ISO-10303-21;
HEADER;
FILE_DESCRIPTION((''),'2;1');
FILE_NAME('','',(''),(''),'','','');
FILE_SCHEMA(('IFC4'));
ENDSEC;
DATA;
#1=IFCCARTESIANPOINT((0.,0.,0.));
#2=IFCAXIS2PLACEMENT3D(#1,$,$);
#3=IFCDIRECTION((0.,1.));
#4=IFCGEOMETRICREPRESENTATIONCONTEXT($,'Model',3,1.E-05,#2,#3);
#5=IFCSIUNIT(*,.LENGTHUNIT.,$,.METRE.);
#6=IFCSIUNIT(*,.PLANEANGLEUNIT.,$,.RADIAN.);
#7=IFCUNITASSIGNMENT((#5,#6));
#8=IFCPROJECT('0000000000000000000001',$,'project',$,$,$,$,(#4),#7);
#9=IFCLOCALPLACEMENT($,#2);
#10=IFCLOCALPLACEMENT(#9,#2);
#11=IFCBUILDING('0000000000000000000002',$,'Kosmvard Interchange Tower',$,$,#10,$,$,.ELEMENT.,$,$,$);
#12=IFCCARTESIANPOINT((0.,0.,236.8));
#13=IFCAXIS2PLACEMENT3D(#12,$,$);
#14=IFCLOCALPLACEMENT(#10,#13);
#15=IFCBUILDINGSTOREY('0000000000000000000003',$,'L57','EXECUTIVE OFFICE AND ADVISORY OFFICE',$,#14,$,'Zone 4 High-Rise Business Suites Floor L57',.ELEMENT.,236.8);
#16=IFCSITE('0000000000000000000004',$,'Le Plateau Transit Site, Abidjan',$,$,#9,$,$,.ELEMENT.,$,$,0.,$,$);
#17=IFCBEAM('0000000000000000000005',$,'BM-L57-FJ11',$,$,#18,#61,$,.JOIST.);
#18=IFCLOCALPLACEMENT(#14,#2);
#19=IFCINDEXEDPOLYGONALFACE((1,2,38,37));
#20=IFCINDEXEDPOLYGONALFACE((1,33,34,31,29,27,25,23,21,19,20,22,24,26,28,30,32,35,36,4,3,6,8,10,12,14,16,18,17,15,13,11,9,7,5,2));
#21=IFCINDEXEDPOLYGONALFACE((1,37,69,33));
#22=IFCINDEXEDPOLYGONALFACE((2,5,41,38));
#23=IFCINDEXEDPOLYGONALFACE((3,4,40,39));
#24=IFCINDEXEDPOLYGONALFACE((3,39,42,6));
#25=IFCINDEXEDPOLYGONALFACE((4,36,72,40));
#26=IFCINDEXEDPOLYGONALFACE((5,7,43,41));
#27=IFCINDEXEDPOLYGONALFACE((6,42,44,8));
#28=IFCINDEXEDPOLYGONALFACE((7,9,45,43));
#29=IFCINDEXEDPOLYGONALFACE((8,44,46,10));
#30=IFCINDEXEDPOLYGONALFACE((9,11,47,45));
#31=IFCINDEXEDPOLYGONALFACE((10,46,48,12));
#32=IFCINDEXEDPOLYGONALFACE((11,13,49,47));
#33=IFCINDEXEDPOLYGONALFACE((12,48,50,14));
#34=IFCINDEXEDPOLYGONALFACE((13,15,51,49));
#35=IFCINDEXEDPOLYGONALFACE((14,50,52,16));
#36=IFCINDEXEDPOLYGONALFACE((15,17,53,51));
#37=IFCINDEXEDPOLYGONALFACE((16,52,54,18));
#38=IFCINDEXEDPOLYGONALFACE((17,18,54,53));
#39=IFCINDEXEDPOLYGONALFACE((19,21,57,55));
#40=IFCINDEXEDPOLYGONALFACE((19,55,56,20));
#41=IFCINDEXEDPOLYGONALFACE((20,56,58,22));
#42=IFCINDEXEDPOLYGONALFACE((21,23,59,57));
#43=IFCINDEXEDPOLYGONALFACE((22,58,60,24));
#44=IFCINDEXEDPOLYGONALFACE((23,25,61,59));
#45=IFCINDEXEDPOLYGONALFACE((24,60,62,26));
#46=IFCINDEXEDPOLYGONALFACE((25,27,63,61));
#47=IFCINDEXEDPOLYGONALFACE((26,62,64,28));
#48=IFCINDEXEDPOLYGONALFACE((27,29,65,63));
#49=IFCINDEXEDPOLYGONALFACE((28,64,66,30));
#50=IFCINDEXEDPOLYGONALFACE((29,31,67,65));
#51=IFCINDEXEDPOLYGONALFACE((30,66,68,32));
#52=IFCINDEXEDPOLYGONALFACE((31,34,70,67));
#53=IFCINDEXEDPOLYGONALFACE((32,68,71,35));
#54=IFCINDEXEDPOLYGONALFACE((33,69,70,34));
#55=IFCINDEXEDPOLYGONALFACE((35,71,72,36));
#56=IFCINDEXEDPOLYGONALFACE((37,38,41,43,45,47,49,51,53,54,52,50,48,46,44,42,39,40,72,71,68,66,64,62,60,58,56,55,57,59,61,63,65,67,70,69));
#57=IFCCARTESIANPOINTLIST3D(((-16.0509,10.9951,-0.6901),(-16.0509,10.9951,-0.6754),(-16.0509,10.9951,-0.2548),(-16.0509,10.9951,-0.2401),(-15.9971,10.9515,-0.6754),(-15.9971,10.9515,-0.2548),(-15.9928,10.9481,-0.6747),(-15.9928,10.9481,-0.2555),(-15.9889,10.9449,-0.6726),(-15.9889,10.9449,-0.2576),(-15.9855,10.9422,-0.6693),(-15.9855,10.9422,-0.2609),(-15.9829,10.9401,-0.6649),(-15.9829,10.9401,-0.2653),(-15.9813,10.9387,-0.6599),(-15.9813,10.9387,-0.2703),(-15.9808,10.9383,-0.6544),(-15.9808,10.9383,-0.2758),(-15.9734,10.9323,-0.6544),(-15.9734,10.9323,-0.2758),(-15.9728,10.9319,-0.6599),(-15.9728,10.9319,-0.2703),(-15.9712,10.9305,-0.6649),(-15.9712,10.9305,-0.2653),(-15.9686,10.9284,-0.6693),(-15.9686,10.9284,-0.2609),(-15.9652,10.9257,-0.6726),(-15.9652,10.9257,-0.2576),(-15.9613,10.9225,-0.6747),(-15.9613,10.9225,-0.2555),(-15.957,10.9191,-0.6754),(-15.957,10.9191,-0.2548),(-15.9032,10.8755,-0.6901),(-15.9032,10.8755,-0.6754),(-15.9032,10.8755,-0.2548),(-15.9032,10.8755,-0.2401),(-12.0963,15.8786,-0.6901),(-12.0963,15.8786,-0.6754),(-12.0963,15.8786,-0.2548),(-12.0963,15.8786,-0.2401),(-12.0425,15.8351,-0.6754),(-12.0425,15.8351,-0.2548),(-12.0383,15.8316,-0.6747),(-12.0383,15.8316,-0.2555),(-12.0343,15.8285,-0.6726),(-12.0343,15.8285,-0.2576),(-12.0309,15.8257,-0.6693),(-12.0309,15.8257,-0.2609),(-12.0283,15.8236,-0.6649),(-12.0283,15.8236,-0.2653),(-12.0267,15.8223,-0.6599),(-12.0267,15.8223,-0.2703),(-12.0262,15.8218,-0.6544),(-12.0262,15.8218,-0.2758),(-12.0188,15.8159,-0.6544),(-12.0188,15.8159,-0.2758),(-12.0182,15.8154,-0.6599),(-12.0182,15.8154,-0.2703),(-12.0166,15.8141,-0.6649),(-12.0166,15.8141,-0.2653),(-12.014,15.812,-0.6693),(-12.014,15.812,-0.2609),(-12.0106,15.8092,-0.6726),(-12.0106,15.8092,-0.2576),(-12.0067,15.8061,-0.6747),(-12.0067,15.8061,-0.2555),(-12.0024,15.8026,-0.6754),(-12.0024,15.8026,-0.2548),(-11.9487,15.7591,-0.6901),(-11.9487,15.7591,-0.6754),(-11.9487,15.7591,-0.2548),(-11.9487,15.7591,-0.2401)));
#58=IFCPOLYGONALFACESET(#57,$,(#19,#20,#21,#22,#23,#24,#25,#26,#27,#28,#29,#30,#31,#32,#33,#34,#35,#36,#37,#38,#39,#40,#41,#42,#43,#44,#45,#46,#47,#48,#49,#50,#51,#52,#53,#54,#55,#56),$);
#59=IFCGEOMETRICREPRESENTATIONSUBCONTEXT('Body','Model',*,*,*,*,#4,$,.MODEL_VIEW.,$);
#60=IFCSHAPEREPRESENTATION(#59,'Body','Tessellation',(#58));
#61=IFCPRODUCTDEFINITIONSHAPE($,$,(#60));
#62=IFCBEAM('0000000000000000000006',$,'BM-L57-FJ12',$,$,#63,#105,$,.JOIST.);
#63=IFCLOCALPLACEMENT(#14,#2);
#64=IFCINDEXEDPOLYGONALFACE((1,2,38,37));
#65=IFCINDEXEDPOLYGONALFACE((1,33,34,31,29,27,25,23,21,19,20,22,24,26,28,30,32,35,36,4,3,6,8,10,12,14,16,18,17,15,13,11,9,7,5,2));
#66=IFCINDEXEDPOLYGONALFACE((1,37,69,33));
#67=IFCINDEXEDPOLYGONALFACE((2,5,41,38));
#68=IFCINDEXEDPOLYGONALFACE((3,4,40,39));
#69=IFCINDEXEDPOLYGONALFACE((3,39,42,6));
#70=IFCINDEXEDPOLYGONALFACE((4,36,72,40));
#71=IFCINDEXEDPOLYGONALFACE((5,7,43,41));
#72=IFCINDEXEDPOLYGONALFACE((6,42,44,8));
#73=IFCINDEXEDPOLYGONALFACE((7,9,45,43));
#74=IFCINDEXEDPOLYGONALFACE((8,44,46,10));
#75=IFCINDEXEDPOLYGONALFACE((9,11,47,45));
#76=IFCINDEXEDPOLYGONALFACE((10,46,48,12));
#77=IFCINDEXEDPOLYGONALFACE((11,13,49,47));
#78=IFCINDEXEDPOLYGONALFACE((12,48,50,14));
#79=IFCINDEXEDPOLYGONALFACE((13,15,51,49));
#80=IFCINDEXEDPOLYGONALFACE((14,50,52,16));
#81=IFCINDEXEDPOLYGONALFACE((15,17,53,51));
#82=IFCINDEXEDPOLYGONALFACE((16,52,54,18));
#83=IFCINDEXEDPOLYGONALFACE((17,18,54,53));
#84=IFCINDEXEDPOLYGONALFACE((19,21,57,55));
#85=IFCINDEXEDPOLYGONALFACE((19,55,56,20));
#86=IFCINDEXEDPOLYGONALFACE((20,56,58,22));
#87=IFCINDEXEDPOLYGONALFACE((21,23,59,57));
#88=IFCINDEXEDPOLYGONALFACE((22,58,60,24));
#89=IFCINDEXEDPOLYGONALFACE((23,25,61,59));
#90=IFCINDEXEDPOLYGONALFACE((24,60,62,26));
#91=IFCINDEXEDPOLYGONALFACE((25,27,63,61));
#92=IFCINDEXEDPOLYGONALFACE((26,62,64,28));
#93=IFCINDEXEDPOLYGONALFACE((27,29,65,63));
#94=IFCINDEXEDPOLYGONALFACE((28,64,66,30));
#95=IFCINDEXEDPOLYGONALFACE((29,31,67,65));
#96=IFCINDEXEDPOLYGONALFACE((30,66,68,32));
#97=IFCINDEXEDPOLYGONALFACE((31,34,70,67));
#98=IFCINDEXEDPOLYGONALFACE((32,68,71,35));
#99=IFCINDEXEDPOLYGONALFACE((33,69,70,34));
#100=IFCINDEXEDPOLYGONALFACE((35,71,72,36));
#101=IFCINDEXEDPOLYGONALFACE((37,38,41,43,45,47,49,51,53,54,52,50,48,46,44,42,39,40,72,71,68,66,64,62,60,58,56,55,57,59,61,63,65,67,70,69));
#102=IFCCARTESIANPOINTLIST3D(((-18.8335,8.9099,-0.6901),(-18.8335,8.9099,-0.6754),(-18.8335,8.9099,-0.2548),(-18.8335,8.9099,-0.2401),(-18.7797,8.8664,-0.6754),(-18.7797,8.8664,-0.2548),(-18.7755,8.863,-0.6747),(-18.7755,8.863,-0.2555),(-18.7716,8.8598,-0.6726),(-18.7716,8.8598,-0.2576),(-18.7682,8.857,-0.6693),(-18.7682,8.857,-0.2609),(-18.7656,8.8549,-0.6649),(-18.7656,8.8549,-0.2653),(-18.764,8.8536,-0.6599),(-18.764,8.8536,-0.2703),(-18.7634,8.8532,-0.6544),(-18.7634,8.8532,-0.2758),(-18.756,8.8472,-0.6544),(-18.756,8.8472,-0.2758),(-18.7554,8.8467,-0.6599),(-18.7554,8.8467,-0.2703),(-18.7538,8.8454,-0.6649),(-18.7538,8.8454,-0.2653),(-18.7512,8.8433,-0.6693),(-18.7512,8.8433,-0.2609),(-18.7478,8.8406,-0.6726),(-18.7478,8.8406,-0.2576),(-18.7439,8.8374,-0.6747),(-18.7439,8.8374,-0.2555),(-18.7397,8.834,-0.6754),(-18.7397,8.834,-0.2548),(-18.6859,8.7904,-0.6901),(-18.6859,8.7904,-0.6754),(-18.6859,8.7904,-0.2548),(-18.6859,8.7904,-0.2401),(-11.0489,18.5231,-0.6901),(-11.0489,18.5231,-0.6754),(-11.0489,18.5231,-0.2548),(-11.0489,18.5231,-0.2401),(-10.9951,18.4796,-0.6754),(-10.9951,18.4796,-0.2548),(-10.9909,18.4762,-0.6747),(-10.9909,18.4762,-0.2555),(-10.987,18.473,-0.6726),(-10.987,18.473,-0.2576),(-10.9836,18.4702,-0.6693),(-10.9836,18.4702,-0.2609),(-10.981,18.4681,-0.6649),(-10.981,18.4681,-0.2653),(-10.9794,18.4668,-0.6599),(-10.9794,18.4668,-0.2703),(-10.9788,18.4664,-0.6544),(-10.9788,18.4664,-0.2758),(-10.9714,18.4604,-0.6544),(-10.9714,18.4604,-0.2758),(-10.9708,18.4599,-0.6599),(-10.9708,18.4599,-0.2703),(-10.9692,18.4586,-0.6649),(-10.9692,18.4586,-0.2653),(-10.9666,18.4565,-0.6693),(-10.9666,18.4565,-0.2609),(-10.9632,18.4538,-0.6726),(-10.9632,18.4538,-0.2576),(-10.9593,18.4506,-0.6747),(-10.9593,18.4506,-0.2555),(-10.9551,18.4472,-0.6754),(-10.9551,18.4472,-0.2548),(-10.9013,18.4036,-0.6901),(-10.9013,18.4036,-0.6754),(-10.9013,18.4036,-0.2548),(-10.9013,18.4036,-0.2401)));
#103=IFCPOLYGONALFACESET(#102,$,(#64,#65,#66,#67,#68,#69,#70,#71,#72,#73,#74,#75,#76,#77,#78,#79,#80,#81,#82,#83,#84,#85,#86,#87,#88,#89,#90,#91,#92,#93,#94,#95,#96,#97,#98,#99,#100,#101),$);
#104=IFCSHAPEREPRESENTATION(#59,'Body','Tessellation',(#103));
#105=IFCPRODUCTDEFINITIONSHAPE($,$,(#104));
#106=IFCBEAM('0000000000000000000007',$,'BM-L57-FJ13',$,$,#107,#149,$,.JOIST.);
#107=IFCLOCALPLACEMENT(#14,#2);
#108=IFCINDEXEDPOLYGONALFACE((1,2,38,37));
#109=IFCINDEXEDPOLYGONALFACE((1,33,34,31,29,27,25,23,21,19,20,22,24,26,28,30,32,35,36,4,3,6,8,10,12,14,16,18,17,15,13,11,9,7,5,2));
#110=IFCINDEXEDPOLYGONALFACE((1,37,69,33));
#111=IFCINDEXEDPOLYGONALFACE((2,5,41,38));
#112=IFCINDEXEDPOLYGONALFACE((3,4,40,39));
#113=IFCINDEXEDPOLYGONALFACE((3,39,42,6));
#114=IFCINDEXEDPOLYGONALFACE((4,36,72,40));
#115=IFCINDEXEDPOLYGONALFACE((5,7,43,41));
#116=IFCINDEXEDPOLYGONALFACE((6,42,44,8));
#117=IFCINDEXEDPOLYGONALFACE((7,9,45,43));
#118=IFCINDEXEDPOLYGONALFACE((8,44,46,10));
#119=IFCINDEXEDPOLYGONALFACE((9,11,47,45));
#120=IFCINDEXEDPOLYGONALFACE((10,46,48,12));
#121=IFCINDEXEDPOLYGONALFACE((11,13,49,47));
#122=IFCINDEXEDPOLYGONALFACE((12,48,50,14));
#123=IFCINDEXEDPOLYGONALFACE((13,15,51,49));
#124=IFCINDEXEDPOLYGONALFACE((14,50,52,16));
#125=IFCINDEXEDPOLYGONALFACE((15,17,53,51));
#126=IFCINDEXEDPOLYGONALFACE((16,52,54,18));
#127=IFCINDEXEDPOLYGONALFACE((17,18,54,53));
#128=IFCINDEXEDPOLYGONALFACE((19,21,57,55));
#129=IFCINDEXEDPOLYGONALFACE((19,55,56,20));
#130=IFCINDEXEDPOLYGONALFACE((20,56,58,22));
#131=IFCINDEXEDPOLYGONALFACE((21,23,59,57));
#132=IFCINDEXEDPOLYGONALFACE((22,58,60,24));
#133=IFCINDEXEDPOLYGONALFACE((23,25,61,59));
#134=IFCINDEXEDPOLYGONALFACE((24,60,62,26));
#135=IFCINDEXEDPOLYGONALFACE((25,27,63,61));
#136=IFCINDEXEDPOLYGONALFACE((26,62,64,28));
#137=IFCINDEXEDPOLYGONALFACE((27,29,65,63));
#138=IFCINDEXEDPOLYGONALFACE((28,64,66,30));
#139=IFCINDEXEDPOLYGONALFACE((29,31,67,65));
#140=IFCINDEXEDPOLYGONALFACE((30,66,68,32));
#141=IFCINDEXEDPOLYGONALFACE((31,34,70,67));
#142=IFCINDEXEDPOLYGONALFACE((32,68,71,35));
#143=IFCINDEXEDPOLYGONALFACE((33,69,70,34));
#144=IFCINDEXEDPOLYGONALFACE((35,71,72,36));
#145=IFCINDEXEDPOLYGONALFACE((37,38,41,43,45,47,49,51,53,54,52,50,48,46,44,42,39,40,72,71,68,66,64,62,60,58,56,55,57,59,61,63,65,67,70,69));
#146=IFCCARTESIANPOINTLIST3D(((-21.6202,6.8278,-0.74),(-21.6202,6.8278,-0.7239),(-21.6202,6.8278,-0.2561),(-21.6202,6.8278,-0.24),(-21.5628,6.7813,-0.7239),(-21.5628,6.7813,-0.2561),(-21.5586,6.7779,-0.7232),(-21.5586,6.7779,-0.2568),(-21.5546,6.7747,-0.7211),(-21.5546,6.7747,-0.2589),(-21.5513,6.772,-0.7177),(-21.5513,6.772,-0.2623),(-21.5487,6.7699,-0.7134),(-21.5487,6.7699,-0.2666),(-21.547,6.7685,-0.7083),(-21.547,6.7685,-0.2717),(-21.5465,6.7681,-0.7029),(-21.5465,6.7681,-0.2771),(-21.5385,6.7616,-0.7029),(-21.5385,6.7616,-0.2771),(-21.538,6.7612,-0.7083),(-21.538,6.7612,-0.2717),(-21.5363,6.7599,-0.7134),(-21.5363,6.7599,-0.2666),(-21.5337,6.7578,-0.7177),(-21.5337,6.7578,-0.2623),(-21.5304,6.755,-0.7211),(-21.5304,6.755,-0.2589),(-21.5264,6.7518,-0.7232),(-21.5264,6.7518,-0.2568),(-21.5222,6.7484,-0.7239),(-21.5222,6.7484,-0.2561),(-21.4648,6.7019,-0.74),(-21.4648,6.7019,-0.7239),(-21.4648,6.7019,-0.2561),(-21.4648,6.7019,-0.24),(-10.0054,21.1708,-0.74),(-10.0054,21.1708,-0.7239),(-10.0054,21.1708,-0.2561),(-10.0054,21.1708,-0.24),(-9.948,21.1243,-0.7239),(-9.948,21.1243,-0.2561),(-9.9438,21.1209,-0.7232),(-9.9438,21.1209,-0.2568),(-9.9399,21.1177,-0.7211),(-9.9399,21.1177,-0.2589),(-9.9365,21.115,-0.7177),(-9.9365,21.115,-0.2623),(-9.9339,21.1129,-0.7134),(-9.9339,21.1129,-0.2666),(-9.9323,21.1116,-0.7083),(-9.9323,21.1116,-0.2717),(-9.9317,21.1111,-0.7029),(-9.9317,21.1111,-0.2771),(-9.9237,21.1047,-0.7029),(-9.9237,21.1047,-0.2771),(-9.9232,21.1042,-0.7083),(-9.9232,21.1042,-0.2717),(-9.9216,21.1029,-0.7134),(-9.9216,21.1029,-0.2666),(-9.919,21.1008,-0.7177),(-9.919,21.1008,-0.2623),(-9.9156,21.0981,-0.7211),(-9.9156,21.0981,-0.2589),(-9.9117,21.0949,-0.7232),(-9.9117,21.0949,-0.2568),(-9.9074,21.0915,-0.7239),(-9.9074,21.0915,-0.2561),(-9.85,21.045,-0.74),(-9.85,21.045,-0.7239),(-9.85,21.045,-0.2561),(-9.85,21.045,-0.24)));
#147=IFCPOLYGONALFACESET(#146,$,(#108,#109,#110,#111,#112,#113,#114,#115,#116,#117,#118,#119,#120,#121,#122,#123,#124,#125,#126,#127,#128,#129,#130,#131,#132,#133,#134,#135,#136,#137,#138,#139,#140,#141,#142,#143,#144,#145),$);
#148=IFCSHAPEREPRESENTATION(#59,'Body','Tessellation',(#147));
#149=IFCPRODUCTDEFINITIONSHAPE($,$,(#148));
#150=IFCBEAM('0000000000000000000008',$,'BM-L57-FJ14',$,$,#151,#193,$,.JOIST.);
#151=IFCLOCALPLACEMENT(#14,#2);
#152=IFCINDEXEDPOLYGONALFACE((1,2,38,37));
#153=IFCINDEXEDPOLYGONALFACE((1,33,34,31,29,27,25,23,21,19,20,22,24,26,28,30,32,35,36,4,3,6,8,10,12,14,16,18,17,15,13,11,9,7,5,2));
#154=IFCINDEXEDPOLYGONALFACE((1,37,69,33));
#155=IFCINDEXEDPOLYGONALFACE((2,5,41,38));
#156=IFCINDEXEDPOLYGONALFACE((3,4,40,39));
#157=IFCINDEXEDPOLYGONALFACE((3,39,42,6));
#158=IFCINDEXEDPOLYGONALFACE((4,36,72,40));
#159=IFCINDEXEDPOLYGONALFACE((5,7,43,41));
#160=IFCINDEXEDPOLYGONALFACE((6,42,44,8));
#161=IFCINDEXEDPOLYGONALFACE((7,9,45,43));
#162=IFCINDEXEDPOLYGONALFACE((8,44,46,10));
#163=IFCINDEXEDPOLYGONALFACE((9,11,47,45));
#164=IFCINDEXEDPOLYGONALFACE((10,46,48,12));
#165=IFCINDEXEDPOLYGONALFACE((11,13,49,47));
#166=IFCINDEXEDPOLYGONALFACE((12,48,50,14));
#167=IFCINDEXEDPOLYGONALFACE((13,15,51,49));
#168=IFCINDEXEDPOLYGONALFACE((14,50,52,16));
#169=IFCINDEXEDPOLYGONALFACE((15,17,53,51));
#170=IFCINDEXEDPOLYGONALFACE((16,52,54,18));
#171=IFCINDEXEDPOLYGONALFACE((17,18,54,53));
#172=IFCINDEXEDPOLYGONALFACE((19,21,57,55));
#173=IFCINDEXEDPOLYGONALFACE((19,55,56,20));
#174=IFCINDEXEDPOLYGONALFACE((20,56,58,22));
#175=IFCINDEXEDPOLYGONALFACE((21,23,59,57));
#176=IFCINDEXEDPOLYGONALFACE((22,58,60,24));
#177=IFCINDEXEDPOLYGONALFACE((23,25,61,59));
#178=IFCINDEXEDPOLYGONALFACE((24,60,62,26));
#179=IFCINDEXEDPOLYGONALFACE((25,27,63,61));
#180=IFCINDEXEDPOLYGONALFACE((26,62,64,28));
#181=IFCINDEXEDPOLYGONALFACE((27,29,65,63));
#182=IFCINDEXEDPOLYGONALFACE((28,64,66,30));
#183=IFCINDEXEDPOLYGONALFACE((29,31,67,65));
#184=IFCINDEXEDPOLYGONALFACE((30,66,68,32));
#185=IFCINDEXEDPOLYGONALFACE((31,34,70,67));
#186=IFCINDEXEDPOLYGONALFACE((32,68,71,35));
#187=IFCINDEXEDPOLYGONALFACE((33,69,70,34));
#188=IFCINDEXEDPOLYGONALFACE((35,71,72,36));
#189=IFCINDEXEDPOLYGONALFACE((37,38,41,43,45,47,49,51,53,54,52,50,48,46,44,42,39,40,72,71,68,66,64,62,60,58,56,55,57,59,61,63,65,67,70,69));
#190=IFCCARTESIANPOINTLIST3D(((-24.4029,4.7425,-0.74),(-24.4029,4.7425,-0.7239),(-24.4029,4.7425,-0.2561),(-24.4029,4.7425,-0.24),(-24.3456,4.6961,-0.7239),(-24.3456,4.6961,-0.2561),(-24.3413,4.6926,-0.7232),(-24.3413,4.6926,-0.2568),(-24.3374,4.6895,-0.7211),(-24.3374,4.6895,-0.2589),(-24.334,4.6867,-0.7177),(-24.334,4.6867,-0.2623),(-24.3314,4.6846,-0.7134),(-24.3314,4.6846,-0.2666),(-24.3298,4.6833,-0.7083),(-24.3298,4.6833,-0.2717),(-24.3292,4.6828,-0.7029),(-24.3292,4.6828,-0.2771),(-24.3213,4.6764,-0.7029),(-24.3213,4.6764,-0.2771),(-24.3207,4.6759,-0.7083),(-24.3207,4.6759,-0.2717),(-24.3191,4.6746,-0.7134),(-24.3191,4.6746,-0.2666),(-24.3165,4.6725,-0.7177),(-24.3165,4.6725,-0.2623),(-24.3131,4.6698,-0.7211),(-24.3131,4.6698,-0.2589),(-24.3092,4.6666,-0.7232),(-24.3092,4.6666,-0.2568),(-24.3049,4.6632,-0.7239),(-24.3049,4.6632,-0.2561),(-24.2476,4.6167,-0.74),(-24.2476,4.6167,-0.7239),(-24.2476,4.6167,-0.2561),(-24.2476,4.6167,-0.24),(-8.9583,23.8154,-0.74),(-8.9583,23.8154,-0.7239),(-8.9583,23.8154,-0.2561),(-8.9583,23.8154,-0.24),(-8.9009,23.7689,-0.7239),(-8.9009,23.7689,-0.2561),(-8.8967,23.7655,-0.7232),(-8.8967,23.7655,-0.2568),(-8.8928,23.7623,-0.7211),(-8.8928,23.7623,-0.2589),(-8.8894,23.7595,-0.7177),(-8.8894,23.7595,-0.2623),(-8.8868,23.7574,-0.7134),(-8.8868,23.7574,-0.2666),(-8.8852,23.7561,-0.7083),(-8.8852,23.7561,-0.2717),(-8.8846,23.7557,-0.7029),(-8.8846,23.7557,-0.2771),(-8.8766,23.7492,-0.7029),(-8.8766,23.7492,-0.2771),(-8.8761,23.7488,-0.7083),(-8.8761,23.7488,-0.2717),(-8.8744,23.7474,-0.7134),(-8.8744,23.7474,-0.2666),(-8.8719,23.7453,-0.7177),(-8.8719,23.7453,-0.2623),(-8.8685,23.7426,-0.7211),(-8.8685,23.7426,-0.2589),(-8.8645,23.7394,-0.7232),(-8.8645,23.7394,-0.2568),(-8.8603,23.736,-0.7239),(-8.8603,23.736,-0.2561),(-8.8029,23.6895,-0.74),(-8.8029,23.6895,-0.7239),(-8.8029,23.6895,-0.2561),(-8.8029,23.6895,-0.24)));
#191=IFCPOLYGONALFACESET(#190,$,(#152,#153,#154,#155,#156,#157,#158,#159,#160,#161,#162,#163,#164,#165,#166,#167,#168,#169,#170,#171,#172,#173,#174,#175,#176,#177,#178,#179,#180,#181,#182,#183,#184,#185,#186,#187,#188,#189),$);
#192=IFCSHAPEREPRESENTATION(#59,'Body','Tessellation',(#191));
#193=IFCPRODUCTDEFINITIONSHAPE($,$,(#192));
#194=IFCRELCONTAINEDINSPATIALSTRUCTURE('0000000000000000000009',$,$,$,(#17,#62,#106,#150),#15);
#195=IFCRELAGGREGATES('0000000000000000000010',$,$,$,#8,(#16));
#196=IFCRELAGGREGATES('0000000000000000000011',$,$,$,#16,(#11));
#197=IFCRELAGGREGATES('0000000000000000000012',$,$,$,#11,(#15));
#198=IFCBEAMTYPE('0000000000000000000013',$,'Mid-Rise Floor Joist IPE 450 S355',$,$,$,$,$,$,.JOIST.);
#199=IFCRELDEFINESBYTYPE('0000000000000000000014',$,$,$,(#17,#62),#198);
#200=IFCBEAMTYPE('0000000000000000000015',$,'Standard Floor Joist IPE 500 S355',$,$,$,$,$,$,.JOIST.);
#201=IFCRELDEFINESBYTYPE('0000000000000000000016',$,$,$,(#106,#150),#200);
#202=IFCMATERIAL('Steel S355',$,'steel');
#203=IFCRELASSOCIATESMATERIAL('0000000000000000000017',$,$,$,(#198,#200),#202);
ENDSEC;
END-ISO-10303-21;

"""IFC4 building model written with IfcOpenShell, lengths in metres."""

from ifc_helpers import new_model, si_unit, direction, frame, origin, origin_2d, place, context, subcontext, project, spatial, i_section, extrude, source, transform, mapped, material, material_profile, profile_set, type_object, element, save


model = new_model("IFC4")

# Units and contexts
model_context = context("Model", 3, precision=1e-05, world=origin(), true_north=direction((0.0, 1.0)))
body_context = subcontext(model_context, "Body", "Model", "MODEL_VIEW")
ifc_project = project(units=[si_unit("LENGTHUNIT", "METRE"), si_unit("PLANEANGLEUNIT", "RADIAN")], contexts=[model_context])

# Site, building, storey
site_placement = place(None, origin())
site = spatial("IfcSite", under=ifc_project, at=site_placement, Name="Le Plateau Transit Site, Abidjan", CompositionType="ELEMENT", RefElevation=0.0)
building_placement = place(site_placement, origin())
building = spatial("IfcBuilding", under=site, at=building_placement, Name="Kosmvard Interchange Tower", CompositionType="ELEMENT")
storey_placement = place(building_placement, frame((0.0, 0.0, 236.8)))
storey = spatial("IfcBuildingStorey", under=building, at=storey_placement, Name="L57", Description="EXECUTIVE OFFICE AND ADVISORY OFFICE", LongName="Zone 4 High-Rise Business Suites Floor L57", CompositionType="ELEMENT", Elevation=236.8)

# Beams
ifc_material_1 = material(Name="Steel S355", Category="steel")
ifc_material_profile_1 = material_profile(ifc_material_1, i_section(OverallWidth=0.1899, OverallDepth=0.45, WebThickness=0.0095, FlangeThickness=0.0146, FilletRadius=0.021, at=origin_2d()), Name="IPE 450")
ifc_profile_set_1 = profile_set([ifc_material_profile_1], Name="Steel S355")
beam_type_1 = type_object("IfcBeamType", Name="Mid-Rise Floor Joist IPE 450 S355", PredefinedType="JOIST", material=ifc_profile_set_1)
shared_shape_1 = source(origin(), body_context, "Body", "SweptSolid", [
    extrude(i_section(OverallWidth=0.1899, OverallDepth=0.45, WebThickness=0.0095, FlangeThickness=0.0146, FilletRadius=0.021, at=origin_2d()), origin(), (0.0, 0.0, 1.0), 6.2839),
])
beam_1_placement = place(storey_placement, frame((-12.0225, 15.8188, -0.4651), z_axis=(-0.629318, -0.777148, 0.0), x_axis=(0.777148, -0.629318, 0.0)))
element("IfcBeam", 1, at=beam_1_placement, inside=storey, type_object=beam_type_1, Name="BM-L57-FJ11", PredefinedType="JOIST", context=body_context, shape_type="MappedRepresentation", body=[
    mapped(shared_shape_1, transform((0.0, 0.0, 0.0), scale=1.0)),
])
shared_shape_2 = source(origin(), body_context, "Body", "SweptSolid", [
    extrude(i_section(OverallWidth=0.1899, OverallDepth=0.45, WebThickness=0.0095, FlangeThickness=0.0146, FilletRadius=0.021, at=origin_2d()), origin(), (0.0, 0.0, 1.0), 12.3699),
])
beam_2_placement = place(storey_placement, frame((-10.9751, 18.4634, -0.4651), z_axis=(-0.62932, -0.777147, 0.0), x_axis=(0.777147, -0.62932, 0.0)))
element("IfcBeam", 2, at=beam_2_placement, inside=storey, type_object=beam_type_1, Name="BM-L57-FJ12", PredefinedType="JOIST", context=body_context, shape_type="MappedRepresentation", body=[
    mapped(shared_shape_2, transform((0.0, 0.0, 0.0), scale=1.0)),
])
ifc_material_profile_2 = material_profile(ifc_material_1, i_section(OverallWidth=0.2, OverallDepth=0.5, WebThickness=0.0103, FlangeThickness=0.0161, FilletRadius=0.021, at=origin_2d()), Name="IPE 500")
ifc_profile_set_2 = profile_set([ifc_material_profile_2], Name="Steel S355")
beam_type_2 = type_object("IfcBeamType", Name="Standard Floor Joist IPE 500 S355", PredefinedType="JOIST", material=ifc_profile_set_2)
shared_shape_3 = source(origin(), body_context, "Body", "SweptSolid", [
    extrude(i_section(OverallWidth=0.2, OverallDepth=0.5, WebThickness=0.0103, FlangeThickness=0.0161, FilletRadius=0.021, at=origin_2d()), origin(), (0.0, 0.0, 1.0), 18.4561),
])
beam_3_placement = place(storey_placement, frame((-9.9277, 21.1079, -0.49), z_axis=(-0.62932, -0.777146, 0.0), x_axis=(0.777146, -0.62932, 0.0)))
element("IfcBeam", 3, at=beam_3_placement, inside=storey, type_object=beam_type_2, Name="BM-L57-FJ13", PredefinedType="JOIST", context=body_context, shape_type="MappedRepresentation", body=[
    mapped(shared_shape_3, transform((0.0, 0.0, 0.0), scale=1.0)),
])
shared_shape_4 = source(origin(), body_context, "Body", "SweptSolid", [
    extrude(i_section(OverallWidth=0.2, OverallDepth=0.5, WebThickness=0.0103, FlangeThickness=0.0161, FilletRadius=0.021, at=origin_2d()), origin(), (0.0, 0.0, 1.0), 24.542),
])
beam_4_placement = place(storey_placement, frame((-8.8806, 23.7524, -0.49), z_axis=(-0.629315, -0.777151, 0.0), x_axis=(0.777151, -0.629315, 0.0)))
element("IfcBeam", 4, at=beam_4_placement, inside=storey, type_object=beam_type_2, Name="BM-L57-FJ14", PredefinedType="JOIST", context=body_context, shape_type="MappedRepresentation", body=[
    mapped(shared_shape_4, transform((0.0, 0.0, 0.0), scale=1.0)),
])

save(model, "model.ifc")
